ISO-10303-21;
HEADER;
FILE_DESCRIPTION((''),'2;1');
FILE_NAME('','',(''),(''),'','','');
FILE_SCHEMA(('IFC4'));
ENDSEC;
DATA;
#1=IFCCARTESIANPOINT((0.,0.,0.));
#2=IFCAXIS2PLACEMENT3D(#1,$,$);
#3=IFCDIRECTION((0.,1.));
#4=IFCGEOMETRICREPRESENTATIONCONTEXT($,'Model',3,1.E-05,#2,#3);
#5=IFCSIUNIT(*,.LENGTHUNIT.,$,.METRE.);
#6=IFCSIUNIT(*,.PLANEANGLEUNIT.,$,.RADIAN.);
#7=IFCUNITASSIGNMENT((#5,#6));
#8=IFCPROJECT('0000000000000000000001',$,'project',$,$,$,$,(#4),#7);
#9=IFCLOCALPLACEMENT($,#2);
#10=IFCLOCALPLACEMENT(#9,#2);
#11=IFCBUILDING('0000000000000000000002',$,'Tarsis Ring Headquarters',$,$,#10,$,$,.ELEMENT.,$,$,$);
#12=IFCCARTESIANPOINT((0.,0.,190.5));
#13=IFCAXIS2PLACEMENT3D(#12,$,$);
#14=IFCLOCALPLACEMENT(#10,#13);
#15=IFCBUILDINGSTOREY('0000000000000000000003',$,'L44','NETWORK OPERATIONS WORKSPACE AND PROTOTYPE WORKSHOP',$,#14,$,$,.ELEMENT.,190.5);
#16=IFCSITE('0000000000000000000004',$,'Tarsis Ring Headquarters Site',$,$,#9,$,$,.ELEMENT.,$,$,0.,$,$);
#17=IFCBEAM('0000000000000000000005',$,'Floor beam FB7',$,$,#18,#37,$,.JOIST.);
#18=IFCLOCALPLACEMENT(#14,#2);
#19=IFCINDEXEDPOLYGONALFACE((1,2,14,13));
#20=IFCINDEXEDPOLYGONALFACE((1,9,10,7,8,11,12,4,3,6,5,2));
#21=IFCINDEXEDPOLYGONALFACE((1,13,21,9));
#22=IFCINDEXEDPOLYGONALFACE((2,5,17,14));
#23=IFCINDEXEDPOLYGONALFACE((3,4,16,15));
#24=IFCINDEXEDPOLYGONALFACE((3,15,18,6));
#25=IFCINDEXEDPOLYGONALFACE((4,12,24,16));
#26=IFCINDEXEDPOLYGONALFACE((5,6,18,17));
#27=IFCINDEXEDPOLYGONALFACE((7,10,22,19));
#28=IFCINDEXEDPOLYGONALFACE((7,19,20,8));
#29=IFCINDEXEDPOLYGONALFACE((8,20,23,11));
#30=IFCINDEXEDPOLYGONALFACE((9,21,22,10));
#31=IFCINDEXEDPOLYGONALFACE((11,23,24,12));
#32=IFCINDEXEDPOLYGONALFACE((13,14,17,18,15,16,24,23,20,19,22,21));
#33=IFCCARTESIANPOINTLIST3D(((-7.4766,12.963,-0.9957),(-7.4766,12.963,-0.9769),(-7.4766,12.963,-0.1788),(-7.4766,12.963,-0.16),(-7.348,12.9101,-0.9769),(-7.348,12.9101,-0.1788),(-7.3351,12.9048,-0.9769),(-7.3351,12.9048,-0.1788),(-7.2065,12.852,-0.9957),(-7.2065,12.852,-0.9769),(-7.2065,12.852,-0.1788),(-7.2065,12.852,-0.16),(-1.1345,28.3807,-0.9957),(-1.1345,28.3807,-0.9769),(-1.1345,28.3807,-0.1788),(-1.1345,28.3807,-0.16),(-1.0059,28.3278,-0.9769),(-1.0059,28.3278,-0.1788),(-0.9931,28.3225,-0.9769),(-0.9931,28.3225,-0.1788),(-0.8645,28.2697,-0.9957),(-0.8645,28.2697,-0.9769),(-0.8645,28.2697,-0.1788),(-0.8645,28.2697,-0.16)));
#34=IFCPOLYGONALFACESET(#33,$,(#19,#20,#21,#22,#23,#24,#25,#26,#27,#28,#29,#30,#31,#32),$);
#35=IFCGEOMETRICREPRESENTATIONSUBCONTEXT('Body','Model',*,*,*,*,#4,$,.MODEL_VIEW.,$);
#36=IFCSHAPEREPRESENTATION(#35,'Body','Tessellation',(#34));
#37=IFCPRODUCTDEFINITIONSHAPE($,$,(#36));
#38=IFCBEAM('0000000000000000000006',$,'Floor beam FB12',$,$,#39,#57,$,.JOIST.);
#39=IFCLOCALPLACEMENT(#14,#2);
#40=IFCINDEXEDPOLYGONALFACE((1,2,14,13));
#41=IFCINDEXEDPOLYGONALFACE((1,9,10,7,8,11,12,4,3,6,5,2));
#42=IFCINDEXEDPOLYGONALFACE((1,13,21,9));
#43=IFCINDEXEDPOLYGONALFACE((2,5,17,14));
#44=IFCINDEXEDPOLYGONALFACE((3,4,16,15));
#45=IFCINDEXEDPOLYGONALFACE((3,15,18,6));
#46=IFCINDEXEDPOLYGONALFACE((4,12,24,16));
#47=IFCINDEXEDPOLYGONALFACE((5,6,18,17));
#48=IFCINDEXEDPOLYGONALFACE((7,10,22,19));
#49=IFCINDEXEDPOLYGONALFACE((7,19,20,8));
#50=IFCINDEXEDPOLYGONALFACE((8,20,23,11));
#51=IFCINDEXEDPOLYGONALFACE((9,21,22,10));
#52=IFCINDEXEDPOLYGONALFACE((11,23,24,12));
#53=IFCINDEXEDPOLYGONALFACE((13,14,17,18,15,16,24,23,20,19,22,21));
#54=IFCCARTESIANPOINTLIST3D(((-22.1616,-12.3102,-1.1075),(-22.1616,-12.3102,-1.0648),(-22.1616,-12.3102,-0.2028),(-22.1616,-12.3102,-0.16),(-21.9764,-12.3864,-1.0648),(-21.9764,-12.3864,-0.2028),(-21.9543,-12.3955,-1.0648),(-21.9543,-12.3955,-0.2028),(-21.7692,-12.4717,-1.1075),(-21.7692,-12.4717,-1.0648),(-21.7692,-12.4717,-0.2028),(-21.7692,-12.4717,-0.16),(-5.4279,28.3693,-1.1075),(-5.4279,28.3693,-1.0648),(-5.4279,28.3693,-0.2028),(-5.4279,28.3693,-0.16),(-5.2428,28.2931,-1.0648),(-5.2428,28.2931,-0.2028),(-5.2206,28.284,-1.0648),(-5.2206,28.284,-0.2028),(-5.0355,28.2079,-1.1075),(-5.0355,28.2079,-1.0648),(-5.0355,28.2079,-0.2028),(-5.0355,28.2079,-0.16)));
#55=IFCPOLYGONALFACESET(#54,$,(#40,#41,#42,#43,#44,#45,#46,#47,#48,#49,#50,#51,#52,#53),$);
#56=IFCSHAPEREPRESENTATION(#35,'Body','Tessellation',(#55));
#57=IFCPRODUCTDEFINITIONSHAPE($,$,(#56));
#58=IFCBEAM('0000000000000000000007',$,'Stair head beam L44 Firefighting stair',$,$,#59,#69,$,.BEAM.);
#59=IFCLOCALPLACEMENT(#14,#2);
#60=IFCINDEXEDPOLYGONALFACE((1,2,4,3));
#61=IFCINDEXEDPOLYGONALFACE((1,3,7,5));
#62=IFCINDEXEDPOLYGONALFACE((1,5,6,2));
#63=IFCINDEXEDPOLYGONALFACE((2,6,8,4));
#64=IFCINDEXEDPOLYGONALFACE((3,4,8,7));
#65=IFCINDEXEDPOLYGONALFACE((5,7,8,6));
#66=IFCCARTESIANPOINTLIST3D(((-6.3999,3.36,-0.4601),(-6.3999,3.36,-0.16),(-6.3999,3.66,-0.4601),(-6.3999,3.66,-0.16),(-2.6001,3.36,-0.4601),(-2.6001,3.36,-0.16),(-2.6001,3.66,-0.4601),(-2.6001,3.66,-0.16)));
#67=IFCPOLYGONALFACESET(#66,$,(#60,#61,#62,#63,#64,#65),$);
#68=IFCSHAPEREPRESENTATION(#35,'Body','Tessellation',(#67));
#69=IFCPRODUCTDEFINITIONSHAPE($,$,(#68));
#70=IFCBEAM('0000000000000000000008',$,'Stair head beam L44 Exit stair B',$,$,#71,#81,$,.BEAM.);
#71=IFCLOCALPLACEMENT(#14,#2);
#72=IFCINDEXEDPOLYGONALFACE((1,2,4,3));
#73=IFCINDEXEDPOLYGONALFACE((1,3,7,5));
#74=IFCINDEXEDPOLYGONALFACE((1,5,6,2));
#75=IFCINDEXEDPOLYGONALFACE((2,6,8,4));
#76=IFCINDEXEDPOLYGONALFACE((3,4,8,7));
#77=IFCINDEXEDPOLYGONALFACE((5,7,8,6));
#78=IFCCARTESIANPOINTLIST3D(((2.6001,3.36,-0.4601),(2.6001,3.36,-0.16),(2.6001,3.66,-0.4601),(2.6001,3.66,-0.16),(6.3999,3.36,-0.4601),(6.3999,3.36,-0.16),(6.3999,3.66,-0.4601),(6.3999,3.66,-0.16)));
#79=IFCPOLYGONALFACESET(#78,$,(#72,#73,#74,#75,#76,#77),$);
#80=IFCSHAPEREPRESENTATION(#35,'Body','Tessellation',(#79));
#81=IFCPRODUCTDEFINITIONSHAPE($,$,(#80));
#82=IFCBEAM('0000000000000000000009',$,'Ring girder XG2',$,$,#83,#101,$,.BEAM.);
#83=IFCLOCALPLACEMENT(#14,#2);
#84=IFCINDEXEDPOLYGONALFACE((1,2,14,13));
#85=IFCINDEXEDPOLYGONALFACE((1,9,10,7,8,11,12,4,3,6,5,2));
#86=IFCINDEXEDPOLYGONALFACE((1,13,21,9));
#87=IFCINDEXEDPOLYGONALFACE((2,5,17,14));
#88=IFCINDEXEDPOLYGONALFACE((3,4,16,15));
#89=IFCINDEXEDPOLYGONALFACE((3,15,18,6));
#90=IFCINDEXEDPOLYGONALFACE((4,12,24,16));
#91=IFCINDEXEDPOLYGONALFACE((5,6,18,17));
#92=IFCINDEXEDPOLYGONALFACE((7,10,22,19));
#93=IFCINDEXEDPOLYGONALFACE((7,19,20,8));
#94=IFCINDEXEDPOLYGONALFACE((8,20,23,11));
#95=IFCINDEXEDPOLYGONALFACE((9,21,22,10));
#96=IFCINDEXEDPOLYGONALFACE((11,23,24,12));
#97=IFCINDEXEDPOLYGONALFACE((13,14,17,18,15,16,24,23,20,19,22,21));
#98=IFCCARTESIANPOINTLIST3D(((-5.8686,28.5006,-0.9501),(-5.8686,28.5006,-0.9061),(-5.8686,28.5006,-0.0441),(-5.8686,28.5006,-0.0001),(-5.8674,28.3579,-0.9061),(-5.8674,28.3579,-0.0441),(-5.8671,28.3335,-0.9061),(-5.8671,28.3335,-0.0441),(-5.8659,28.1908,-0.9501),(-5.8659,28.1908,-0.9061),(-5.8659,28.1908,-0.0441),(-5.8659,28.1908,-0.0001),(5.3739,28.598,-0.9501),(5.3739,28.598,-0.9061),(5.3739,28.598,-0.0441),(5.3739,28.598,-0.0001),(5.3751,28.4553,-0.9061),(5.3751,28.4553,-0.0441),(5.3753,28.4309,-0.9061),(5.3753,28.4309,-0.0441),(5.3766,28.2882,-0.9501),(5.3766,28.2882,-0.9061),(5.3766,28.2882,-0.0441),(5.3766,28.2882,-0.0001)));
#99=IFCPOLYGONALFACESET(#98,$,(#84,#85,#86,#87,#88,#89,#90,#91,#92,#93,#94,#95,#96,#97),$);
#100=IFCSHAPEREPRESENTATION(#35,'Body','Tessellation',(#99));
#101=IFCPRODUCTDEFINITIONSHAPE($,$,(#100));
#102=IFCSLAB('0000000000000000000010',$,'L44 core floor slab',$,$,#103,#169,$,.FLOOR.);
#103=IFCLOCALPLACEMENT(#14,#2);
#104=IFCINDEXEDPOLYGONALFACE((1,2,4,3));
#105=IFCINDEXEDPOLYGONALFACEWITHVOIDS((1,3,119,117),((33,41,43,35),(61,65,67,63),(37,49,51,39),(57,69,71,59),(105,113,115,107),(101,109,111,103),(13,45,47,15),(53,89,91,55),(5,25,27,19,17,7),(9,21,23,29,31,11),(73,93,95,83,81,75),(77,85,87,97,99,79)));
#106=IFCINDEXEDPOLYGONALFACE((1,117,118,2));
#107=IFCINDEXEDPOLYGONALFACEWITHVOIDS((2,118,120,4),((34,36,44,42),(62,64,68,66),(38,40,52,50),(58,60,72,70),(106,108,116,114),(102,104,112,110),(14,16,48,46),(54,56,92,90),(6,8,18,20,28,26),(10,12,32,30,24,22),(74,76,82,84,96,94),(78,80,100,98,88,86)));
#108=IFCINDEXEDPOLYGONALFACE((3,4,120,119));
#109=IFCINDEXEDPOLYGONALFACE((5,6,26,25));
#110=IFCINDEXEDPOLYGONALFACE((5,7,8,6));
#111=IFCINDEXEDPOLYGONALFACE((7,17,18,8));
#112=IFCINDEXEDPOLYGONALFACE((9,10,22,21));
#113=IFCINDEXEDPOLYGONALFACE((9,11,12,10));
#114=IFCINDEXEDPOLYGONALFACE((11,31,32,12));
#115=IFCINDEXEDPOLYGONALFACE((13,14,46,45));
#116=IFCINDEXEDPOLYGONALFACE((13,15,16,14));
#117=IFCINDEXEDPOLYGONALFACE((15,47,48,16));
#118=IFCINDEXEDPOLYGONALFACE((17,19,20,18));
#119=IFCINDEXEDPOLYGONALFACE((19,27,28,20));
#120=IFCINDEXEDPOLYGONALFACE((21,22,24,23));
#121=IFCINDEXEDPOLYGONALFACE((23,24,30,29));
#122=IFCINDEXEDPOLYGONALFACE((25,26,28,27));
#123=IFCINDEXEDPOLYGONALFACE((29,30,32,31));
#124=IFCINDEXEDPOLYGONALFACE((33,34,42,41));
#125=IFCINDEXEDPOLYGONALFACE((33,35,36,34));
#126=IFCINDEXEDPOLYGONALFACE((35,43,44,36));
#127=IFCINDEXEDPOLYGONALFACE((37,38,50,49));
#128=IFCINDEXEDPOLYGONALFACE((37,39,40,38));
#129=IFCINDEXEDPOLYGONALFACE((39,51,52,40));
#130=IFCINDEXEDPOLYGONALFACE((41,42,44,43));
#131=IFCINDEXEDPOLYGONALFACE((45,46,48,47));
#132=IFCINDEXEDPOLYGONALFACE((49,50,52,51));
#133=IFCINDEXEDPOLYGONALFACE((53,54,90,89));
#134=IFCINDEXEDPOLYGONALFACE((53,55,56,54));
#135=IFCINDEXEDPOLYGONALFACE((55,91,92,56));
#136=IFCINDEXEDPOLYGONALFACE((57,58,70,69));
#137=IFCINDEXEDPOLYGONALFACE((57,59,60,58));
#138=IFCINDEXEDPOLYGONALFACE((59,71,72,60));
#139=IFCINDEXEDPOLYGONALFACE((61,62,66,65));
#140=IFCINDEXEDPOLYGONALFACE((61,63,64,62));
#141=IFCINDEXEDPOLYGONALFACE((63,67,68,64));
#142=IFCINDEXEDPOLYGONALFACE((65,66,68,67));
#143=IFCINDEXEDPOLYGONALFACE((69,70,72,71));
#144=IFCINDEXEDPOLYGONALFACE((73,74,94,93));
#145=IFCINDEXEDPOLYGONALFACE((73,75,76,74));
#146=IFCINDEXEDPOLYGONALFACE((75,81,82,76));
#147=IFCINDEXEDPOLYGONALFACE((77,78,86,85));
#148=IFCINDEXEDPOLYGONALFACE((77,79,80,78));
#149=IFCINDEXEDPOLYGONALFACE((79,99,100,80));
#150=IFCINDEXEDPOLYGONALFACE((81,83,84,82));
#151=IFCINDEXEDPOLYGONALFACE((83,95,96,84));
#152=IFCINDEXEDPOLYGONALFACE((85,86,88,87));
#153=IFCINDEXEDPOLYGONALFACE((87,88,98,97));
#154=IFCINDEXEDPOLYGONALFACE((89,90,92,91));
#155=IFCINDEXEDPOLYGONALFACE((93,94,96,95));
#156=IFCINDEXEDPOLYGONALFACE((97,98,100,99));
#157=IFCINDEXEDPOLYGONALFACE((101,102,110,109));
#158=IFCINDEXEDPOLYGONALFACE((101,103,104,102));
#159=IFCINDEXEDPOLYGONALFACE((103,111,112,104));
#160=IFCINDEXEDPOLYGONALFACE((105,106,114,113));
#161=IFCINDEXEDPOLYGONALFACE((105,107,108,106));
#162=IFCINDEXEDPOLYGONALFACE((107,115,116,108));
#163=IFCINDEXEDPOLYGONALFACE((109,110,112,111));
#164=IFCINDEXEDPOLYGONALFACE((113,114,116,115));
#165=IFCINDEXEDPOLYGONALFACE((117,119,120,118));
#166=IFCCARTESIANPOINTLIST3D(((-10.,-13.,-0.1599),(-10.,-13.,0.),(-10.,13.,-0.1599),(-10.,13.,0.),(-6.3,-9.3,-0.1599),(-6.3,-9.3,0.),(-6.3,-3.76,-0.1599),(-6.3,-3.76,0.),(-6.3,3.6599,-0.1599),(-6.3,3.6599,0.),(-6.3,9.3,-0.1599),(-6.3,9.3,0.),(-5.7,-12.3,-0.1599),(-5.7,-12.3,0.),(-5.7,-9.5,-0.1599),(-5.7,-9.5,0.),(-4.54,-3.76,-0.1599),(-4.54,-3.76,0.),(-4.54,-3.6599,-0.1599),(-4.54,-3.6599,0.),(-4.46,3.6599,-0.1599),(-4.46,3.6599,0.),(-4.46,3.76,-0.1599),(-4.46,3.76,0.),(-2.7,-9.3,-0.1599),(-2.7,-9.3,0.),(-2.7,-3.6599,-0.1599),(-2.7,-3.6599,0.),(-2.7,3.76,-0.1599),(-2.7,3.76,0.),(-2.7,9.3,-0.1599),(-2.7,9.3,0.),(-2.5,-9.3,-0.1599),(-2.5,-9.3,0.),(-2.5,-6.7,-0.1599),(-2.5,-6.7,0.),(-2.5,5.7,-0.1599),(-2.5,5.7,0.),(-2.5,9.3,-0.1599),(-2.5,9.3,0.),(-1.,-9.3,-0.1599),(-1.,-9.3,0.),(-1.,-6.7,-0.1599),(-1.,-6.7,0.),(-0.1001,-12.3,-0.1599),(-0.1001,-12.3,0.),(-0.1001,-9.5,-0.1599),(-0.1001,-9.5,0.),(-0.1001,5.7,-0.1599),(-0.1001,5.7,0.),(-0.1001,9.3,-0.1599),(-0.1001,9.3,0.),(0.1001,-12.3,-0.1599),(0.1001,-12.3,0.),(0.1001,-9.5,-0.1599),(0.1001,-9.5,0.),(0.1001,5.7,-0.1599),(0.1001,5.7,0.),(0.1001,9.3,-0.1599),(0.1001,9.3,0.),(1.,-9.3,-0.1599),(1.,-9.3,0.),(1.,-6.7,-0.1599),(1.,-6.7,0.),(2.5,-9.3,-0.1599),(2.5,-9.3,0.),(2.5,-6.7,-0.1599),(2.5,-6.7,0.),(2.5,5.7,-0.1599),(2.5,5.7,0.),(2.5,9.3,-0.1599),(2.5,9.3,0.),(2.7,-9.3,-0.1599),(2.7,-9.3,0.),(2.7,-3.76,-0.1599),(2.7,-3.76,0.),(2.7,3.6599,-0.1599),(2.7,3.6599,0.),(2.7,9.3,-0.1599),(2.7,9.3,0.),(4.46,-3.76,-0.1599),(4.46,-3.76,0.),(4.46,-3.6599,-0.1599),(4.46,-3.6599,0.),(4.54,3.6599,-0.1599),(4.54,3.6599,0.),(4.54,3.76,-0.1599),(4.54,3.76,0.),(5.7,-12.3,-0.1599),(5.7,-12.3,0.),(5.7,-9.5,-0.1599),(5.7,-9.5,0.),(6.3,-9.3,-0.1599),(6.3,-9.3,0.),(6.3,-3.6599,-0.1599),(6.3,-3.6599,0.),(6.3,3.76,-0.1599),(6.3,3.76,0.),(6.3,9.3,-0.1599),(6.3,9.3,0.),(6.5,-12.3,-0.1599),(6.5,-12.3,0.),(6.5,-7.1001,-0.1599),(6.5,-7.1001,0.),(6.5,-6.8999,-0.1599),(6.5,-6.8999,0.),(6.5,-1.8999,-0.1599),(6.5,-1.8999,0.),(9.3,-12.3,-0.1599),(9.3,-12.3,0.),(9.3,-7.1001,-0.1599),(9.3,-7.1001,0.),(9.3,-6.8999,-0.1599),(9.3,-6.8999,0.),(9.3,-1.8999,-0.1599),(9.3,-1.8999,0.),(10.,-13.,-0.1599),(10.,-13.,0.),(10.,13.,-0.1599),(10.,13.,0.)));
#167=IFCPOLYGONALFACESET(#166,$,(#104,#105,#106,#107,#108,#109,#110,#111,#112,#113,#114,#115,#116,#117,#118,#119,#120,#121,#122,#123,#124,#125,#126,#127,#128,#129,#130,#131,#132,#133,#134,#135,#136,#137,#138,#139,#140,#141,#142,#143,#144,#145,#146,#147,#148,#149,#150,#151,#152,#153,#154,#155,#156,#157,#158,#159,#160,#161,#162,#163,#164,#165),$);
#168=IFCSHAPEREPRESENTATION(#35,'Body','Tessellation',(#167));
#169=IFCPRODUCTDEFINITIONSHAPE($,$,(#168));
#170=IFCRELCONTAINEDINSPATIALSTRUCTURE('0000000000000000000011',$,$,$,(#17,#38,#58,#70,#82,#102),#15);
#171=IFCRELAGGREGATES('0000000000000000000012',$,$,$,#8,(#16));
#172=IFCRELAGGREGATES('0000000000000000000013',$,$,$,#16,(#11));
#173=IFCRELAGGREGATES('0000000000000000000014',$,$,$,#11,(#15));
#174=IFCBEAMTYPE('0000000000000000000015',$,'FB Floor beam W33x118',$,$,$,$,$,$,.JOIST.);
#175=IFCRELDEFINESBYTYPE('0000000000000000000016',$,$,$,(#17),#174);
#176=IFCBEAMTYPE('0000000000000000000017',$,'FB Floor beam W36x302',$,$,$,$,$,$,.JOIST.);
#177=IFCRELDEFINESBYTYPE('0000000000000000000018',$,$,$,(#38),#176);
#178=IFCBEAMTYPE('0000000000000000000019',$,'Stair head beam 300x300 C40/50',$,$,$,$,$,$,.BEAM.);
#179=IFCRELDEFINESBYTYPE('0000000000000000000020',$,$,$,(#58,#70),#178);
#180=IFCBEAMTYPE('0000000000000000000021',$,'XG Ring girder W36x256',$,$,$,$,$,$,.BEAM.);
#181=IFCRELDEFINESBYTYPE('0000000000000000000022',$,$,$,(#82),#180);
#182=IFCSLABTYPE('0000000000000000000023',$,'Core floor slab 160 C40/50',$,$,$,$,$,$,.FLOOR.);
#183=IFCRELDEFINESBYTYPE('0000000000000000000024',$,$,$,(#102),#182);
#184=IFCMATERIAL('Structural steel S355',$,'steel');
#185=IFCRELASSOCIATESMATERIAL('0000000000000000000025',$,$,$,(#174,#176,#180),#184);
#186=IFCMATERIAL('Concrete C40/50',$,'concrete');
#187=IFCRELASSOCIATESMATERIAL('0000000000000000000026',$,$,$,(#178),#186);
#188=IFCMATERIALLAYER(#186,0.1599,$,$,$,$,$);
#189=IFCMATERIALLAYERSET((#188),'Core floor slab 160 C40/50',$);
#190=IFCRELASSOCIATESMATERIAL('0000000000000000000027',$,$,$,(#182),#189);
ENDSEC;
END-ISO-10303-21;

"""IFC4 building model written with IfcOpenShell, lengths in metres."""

from ifc_helpers import new_model, si_unit, direction, frame, origin, origin_2d, place, context, subcontext, project, spatial, polyline, rectangle, i_section, outline, extrude, material, layer, layer_set, material_profile, profile_set, type_object, element, save


model = new_model("IFC4")

# Units and contexts
model_context = context("Model", 3, precision=1e-05, world=origin(), true_north=direction((0.0, 1.0)))
body_context = subcontext(model_context, "Body", "Model", "MODEL_VIEW")
ifc_project = project(units=[si_unit("LENGTHUNIT", "METRE"), si_unit("PLANEANGLEUNIT", "RADIAN")], contexts=[model_context])

# Site, building, storey
site_placement = place(None, origin())
site = spatial("IfcSite", under=ifc_project, at=site_placement, Name="Tarsis Ring Headquarters Site", CompositionType="ELEMENT", RefElevation=0.0)
building_placement = place(site_placement, origin())
building = spatial("IfcBuilding", under=site, at=building_placement, Name="Tarsis Ring Headquarters", CompositionType="ELEMENT")
storey_placement = place(building_placement, frame((0.0, 0.0, 190.5)))
storey = spatial("IfcBuildingStorey", under=building, at=storey_placement, Name="L44", Description="NETWORK OPERATIONS WORKSPACE AND PROTOTYPE WORKSHOP", CompositionType="ELEMENT", Elevation=190.5)

# Shared definitions
ifc_material_1 = material(Name="Structural steel S355", Category="steel")

# Beams
ifc_material_profile_1 = material_profile(ifc_material_1, i_section(OverallWidth=0.292, OverallDepth=0.8357, WebThickness=0.0139, FlangeThickness=0.0188, at=origin_2d()), Name="W33x118")
ifc_profile_set_1 = profile_set([ifc_material_profile_1], Name="Structural steel S355")
beam_type_1 = type_object("IfcBeamType", Name="FB Floor beam W33x118", PredefinedType="JOIST", material=ifc_profile_set_1)
beam_1_placement = place(storey_placement, frame((-0.9995, 28.3252, -0.5779), z_axis=(-0.38042, -0.924814, 0.0), x_axis=(0.924814, -0.38042, 0.0)))
element("IfcBeam", 1, at=beam_1_placement, inside=storey, type_object=beam_type_1, Name="Floor beam FB7", PredefinedType="JOIST", context=body_context, shape_type="SweptSolid", body=[
    extrude(i_section(OverallWidth=0.292, OverallDepth=0.8357, WebThickness=0.0139, FlangeThickness=0.0188, at=origin_2d()), origin(), (0.0, 0.0, 1.0), 16.6711),
])
ifc_material_profile_2 = material_profile(ifc_material_1, i_section(OverallWidth=0.4243, OverallDepth=0.9475, WebThickness=0.0239, FlangeThickness=0.0427, at=origin_2d()), Name="W36x302")
ifc_profile_set_2 = profile_set([ifc_material_profile_2], Name="Structural steel S355")
beam_type_2 = type_object("IfcBeamType", Name="FB Floor beam W36x302", PredefinedType="JOIST", material=ifc_profile_set_2)
beam_2_placement = place(storey_placement, frame((-5.2317, 28.2886, -0.6338), z_axis=(-0.380425, -0.924812, 0.0), x_axis=(0.924812, -0.380425, 0.0)))
element("IfcBeam", 2, at=beam_2_placement, inside=storey, type_object=beam_type_2, Name="Floor beam FB12", PredefinedType="JOIST", context=body_context, shape_type="SweptSolid", body=[
    extrude(i_section(OverallWidth=0.4243, OverallDepth=0.9475, WebThickness=0.0239, FlangeThickness=0.0427, at=origin_2d()), origin(), (0.0, 0.0, 1.0), 43.9868),
])
ifc_material_2 = material(Name="Concrete C40/50", Category="concrete")
ifc_material_profile_3 = material_profile(ifc_material_2, rectangle(XDim=0.3, YDim=0.3, at=origin_2d()), Name="Stair head beam 300x300 C40/50")
ifc_profile_set_3 = profile_set([ifc_material_profile_3], Name="Concrete C40/50")
beam_type_3 = type_object("IfcBeamType", Name="Stair head beam 300x300 C40/50", PredefinedType="BEAM", material=ifc_profile_set_3)
for number, where, z_axis, x_axis, name in (
    (3, (-6.3999, 3.51, -0.3101), (1.0, 0.0, 0.0), (0.0, 1.0, 0.0), "Stair head beam L44 Firefighting stair"),
    (4, (2.6001, 3.51, -0.3101), (1.0, 0.0, 0.0), (0.0, 1.0, 0.0), "Stair head beam L44 Exit stair B"),
):
    element("IfcBeam", number, at=place(storey_placement, frame(where, z_axis=z_axis, x_axis=x_axis)), inside=storey, type_object=beam_type_3, Name=name, PredefinedType="BEAM", context=body_context, shape_type="SweptSolid", body=[
        extrude(rectangle(XDim=0.3, YDim=0.3, at=origin_2d()), origin(), (0.0, 0.0, 1.0), 3.7998),
    ])
ifc_material_profile_4 = material_profile(ifc_material_1, i_section(OverallWidth=0.3098, OverallDepth=0.95, WebThickness=0.0244, FlangeThickness=0.0439, at=origin_2d()), Name="W36x256")
ifc_profile_set_4 = profile_set([ifc_material_profile_4], Name="Structural steel S355")
beam_type_4 = type_object("IfcBeamType", Name="XG Ring girder W36x256", PredefinedType="BEAM", material=ifc_profile_set_4)
beam_3_placement = place(storey_placement, frame((5.3752, 28.4431, -0.4751), z_axis=(-0.999962, -0.008664, 0.0), x_axis=(0.008664, -0.999962, 0.0)))
element("IfcBeam", 5, at=beam_3_placement, inside=storey, type_object=beam_type_4, Name="Ring girder XG2", PredefinedType="BEAM", context=body_context, shape_type="SweptSolid", body=[
    extrude(i_section(OverallWidth=0.3098, OverallDepth=0.95, WebThickness=0.0244, FlangeThickness=0.0439, at=origin_2d()), origin(), (0.0, 0.0, 1.0), 11.2429),
])

# Slab
ifc_layer_1 = layer(ifc_material_2, 0.1599)
ifc_layer_set_1 = layer_set([ifc_layer_1], Name="Core floor slab 160 C40/50")
slab_type_1 = type_object("IfcSlabType", Name="Core floor slab 160 C40/50", PredefinedType="FLOOR", material=ifc_layer_set_1)
slab_1_placement = place(storey_placement, frame((0.0, 0.0, -0.1599)))
element("IfcSlab", 6, at=slab_1_placement, inside=storey, type_object=slab_type_1, Name="L44 core floor slab", PredefinedType="FLOOR", context=body_context, shape_type="SweptSolid", body=[
    extrude(outline(polyline([(-10.0, -13.0), (10.0, -13.0), (10.0, 13.0), (-10.0, 13.0), (-10.0, -13.0)]), holes=[polyline([(-2.5, 5.7), (-0.1001, 5.7), (-0.1001, 9.3), (-2.5, 9.3), (-2.5, 5.7)]), polyline([(0.1001, 5.7), (2.5, 5.7), (2.5, 9.3), (0.1001, 9.3), (0.1001, 5.7)]), polyline([(6.5, -12.3), (9.3, -12.3), (9.3, -7.1001), (6.5, -7.1001), (6.5, -12.3)]), polyline([(6.5, -6.8999), (9.3, -6.8999), (9.3, -1.8999), (6.5, -1.8999), (6.5, -6.8999)]), polyline([(-5.7, -12.3), (-0.1001, -12.3), (-0.1001, -9.5), (-5.7, -9.5), (-5.7, -12.3)]), polyline([(0.1001, -12.3), (5.7, -12.3), (5.7, -9.5), (0.1001, -9.5), (0.1001, -12.3)]), polyline([(-2.5, -9.3), (-1.0, -9.3), (-1.0, -6.7), (-2.5, -6.7), (-2.5, -9.3)]), polyline([(1.0, -9.3), (2.5, -9.3), (2.5, -6.7), (1.0, -6.7), (1.0, -9.3)]), polyline([(-2.7, 3.76), (-2.7, 9.3), (-6.3, 9.3), (-6.3, 3.6599), (-4.46, 3.6599), (-4.46, 3.76), (-2.7, 3.76)]), polyline([(6.3, 3.76), (6.3, 9.3), (2.7, 9.3), (2.7, 3.6599), (4.54, 3.6599), (4.54, 3.76), (6.3, 3.76)]), polyline([(-6.3, -3.76), (-6.3, -9.3), (-2.7, -9.3), (-2.7, -3.6599), (-4.54, -3.6599), (-4.54, -3.76), (-6.3, -3.76)]), polyline([(2.7, -3.76), (2.7, -9.3), (6.3, -9.3), (6.3, -3.6599), (4.46, -3.6599), (4.46, -3.76), (2.7, -3.76)])]), origin(), (0.0, 0.0, 1.0), 0.1599),
])

save(model, "model.ifc")
